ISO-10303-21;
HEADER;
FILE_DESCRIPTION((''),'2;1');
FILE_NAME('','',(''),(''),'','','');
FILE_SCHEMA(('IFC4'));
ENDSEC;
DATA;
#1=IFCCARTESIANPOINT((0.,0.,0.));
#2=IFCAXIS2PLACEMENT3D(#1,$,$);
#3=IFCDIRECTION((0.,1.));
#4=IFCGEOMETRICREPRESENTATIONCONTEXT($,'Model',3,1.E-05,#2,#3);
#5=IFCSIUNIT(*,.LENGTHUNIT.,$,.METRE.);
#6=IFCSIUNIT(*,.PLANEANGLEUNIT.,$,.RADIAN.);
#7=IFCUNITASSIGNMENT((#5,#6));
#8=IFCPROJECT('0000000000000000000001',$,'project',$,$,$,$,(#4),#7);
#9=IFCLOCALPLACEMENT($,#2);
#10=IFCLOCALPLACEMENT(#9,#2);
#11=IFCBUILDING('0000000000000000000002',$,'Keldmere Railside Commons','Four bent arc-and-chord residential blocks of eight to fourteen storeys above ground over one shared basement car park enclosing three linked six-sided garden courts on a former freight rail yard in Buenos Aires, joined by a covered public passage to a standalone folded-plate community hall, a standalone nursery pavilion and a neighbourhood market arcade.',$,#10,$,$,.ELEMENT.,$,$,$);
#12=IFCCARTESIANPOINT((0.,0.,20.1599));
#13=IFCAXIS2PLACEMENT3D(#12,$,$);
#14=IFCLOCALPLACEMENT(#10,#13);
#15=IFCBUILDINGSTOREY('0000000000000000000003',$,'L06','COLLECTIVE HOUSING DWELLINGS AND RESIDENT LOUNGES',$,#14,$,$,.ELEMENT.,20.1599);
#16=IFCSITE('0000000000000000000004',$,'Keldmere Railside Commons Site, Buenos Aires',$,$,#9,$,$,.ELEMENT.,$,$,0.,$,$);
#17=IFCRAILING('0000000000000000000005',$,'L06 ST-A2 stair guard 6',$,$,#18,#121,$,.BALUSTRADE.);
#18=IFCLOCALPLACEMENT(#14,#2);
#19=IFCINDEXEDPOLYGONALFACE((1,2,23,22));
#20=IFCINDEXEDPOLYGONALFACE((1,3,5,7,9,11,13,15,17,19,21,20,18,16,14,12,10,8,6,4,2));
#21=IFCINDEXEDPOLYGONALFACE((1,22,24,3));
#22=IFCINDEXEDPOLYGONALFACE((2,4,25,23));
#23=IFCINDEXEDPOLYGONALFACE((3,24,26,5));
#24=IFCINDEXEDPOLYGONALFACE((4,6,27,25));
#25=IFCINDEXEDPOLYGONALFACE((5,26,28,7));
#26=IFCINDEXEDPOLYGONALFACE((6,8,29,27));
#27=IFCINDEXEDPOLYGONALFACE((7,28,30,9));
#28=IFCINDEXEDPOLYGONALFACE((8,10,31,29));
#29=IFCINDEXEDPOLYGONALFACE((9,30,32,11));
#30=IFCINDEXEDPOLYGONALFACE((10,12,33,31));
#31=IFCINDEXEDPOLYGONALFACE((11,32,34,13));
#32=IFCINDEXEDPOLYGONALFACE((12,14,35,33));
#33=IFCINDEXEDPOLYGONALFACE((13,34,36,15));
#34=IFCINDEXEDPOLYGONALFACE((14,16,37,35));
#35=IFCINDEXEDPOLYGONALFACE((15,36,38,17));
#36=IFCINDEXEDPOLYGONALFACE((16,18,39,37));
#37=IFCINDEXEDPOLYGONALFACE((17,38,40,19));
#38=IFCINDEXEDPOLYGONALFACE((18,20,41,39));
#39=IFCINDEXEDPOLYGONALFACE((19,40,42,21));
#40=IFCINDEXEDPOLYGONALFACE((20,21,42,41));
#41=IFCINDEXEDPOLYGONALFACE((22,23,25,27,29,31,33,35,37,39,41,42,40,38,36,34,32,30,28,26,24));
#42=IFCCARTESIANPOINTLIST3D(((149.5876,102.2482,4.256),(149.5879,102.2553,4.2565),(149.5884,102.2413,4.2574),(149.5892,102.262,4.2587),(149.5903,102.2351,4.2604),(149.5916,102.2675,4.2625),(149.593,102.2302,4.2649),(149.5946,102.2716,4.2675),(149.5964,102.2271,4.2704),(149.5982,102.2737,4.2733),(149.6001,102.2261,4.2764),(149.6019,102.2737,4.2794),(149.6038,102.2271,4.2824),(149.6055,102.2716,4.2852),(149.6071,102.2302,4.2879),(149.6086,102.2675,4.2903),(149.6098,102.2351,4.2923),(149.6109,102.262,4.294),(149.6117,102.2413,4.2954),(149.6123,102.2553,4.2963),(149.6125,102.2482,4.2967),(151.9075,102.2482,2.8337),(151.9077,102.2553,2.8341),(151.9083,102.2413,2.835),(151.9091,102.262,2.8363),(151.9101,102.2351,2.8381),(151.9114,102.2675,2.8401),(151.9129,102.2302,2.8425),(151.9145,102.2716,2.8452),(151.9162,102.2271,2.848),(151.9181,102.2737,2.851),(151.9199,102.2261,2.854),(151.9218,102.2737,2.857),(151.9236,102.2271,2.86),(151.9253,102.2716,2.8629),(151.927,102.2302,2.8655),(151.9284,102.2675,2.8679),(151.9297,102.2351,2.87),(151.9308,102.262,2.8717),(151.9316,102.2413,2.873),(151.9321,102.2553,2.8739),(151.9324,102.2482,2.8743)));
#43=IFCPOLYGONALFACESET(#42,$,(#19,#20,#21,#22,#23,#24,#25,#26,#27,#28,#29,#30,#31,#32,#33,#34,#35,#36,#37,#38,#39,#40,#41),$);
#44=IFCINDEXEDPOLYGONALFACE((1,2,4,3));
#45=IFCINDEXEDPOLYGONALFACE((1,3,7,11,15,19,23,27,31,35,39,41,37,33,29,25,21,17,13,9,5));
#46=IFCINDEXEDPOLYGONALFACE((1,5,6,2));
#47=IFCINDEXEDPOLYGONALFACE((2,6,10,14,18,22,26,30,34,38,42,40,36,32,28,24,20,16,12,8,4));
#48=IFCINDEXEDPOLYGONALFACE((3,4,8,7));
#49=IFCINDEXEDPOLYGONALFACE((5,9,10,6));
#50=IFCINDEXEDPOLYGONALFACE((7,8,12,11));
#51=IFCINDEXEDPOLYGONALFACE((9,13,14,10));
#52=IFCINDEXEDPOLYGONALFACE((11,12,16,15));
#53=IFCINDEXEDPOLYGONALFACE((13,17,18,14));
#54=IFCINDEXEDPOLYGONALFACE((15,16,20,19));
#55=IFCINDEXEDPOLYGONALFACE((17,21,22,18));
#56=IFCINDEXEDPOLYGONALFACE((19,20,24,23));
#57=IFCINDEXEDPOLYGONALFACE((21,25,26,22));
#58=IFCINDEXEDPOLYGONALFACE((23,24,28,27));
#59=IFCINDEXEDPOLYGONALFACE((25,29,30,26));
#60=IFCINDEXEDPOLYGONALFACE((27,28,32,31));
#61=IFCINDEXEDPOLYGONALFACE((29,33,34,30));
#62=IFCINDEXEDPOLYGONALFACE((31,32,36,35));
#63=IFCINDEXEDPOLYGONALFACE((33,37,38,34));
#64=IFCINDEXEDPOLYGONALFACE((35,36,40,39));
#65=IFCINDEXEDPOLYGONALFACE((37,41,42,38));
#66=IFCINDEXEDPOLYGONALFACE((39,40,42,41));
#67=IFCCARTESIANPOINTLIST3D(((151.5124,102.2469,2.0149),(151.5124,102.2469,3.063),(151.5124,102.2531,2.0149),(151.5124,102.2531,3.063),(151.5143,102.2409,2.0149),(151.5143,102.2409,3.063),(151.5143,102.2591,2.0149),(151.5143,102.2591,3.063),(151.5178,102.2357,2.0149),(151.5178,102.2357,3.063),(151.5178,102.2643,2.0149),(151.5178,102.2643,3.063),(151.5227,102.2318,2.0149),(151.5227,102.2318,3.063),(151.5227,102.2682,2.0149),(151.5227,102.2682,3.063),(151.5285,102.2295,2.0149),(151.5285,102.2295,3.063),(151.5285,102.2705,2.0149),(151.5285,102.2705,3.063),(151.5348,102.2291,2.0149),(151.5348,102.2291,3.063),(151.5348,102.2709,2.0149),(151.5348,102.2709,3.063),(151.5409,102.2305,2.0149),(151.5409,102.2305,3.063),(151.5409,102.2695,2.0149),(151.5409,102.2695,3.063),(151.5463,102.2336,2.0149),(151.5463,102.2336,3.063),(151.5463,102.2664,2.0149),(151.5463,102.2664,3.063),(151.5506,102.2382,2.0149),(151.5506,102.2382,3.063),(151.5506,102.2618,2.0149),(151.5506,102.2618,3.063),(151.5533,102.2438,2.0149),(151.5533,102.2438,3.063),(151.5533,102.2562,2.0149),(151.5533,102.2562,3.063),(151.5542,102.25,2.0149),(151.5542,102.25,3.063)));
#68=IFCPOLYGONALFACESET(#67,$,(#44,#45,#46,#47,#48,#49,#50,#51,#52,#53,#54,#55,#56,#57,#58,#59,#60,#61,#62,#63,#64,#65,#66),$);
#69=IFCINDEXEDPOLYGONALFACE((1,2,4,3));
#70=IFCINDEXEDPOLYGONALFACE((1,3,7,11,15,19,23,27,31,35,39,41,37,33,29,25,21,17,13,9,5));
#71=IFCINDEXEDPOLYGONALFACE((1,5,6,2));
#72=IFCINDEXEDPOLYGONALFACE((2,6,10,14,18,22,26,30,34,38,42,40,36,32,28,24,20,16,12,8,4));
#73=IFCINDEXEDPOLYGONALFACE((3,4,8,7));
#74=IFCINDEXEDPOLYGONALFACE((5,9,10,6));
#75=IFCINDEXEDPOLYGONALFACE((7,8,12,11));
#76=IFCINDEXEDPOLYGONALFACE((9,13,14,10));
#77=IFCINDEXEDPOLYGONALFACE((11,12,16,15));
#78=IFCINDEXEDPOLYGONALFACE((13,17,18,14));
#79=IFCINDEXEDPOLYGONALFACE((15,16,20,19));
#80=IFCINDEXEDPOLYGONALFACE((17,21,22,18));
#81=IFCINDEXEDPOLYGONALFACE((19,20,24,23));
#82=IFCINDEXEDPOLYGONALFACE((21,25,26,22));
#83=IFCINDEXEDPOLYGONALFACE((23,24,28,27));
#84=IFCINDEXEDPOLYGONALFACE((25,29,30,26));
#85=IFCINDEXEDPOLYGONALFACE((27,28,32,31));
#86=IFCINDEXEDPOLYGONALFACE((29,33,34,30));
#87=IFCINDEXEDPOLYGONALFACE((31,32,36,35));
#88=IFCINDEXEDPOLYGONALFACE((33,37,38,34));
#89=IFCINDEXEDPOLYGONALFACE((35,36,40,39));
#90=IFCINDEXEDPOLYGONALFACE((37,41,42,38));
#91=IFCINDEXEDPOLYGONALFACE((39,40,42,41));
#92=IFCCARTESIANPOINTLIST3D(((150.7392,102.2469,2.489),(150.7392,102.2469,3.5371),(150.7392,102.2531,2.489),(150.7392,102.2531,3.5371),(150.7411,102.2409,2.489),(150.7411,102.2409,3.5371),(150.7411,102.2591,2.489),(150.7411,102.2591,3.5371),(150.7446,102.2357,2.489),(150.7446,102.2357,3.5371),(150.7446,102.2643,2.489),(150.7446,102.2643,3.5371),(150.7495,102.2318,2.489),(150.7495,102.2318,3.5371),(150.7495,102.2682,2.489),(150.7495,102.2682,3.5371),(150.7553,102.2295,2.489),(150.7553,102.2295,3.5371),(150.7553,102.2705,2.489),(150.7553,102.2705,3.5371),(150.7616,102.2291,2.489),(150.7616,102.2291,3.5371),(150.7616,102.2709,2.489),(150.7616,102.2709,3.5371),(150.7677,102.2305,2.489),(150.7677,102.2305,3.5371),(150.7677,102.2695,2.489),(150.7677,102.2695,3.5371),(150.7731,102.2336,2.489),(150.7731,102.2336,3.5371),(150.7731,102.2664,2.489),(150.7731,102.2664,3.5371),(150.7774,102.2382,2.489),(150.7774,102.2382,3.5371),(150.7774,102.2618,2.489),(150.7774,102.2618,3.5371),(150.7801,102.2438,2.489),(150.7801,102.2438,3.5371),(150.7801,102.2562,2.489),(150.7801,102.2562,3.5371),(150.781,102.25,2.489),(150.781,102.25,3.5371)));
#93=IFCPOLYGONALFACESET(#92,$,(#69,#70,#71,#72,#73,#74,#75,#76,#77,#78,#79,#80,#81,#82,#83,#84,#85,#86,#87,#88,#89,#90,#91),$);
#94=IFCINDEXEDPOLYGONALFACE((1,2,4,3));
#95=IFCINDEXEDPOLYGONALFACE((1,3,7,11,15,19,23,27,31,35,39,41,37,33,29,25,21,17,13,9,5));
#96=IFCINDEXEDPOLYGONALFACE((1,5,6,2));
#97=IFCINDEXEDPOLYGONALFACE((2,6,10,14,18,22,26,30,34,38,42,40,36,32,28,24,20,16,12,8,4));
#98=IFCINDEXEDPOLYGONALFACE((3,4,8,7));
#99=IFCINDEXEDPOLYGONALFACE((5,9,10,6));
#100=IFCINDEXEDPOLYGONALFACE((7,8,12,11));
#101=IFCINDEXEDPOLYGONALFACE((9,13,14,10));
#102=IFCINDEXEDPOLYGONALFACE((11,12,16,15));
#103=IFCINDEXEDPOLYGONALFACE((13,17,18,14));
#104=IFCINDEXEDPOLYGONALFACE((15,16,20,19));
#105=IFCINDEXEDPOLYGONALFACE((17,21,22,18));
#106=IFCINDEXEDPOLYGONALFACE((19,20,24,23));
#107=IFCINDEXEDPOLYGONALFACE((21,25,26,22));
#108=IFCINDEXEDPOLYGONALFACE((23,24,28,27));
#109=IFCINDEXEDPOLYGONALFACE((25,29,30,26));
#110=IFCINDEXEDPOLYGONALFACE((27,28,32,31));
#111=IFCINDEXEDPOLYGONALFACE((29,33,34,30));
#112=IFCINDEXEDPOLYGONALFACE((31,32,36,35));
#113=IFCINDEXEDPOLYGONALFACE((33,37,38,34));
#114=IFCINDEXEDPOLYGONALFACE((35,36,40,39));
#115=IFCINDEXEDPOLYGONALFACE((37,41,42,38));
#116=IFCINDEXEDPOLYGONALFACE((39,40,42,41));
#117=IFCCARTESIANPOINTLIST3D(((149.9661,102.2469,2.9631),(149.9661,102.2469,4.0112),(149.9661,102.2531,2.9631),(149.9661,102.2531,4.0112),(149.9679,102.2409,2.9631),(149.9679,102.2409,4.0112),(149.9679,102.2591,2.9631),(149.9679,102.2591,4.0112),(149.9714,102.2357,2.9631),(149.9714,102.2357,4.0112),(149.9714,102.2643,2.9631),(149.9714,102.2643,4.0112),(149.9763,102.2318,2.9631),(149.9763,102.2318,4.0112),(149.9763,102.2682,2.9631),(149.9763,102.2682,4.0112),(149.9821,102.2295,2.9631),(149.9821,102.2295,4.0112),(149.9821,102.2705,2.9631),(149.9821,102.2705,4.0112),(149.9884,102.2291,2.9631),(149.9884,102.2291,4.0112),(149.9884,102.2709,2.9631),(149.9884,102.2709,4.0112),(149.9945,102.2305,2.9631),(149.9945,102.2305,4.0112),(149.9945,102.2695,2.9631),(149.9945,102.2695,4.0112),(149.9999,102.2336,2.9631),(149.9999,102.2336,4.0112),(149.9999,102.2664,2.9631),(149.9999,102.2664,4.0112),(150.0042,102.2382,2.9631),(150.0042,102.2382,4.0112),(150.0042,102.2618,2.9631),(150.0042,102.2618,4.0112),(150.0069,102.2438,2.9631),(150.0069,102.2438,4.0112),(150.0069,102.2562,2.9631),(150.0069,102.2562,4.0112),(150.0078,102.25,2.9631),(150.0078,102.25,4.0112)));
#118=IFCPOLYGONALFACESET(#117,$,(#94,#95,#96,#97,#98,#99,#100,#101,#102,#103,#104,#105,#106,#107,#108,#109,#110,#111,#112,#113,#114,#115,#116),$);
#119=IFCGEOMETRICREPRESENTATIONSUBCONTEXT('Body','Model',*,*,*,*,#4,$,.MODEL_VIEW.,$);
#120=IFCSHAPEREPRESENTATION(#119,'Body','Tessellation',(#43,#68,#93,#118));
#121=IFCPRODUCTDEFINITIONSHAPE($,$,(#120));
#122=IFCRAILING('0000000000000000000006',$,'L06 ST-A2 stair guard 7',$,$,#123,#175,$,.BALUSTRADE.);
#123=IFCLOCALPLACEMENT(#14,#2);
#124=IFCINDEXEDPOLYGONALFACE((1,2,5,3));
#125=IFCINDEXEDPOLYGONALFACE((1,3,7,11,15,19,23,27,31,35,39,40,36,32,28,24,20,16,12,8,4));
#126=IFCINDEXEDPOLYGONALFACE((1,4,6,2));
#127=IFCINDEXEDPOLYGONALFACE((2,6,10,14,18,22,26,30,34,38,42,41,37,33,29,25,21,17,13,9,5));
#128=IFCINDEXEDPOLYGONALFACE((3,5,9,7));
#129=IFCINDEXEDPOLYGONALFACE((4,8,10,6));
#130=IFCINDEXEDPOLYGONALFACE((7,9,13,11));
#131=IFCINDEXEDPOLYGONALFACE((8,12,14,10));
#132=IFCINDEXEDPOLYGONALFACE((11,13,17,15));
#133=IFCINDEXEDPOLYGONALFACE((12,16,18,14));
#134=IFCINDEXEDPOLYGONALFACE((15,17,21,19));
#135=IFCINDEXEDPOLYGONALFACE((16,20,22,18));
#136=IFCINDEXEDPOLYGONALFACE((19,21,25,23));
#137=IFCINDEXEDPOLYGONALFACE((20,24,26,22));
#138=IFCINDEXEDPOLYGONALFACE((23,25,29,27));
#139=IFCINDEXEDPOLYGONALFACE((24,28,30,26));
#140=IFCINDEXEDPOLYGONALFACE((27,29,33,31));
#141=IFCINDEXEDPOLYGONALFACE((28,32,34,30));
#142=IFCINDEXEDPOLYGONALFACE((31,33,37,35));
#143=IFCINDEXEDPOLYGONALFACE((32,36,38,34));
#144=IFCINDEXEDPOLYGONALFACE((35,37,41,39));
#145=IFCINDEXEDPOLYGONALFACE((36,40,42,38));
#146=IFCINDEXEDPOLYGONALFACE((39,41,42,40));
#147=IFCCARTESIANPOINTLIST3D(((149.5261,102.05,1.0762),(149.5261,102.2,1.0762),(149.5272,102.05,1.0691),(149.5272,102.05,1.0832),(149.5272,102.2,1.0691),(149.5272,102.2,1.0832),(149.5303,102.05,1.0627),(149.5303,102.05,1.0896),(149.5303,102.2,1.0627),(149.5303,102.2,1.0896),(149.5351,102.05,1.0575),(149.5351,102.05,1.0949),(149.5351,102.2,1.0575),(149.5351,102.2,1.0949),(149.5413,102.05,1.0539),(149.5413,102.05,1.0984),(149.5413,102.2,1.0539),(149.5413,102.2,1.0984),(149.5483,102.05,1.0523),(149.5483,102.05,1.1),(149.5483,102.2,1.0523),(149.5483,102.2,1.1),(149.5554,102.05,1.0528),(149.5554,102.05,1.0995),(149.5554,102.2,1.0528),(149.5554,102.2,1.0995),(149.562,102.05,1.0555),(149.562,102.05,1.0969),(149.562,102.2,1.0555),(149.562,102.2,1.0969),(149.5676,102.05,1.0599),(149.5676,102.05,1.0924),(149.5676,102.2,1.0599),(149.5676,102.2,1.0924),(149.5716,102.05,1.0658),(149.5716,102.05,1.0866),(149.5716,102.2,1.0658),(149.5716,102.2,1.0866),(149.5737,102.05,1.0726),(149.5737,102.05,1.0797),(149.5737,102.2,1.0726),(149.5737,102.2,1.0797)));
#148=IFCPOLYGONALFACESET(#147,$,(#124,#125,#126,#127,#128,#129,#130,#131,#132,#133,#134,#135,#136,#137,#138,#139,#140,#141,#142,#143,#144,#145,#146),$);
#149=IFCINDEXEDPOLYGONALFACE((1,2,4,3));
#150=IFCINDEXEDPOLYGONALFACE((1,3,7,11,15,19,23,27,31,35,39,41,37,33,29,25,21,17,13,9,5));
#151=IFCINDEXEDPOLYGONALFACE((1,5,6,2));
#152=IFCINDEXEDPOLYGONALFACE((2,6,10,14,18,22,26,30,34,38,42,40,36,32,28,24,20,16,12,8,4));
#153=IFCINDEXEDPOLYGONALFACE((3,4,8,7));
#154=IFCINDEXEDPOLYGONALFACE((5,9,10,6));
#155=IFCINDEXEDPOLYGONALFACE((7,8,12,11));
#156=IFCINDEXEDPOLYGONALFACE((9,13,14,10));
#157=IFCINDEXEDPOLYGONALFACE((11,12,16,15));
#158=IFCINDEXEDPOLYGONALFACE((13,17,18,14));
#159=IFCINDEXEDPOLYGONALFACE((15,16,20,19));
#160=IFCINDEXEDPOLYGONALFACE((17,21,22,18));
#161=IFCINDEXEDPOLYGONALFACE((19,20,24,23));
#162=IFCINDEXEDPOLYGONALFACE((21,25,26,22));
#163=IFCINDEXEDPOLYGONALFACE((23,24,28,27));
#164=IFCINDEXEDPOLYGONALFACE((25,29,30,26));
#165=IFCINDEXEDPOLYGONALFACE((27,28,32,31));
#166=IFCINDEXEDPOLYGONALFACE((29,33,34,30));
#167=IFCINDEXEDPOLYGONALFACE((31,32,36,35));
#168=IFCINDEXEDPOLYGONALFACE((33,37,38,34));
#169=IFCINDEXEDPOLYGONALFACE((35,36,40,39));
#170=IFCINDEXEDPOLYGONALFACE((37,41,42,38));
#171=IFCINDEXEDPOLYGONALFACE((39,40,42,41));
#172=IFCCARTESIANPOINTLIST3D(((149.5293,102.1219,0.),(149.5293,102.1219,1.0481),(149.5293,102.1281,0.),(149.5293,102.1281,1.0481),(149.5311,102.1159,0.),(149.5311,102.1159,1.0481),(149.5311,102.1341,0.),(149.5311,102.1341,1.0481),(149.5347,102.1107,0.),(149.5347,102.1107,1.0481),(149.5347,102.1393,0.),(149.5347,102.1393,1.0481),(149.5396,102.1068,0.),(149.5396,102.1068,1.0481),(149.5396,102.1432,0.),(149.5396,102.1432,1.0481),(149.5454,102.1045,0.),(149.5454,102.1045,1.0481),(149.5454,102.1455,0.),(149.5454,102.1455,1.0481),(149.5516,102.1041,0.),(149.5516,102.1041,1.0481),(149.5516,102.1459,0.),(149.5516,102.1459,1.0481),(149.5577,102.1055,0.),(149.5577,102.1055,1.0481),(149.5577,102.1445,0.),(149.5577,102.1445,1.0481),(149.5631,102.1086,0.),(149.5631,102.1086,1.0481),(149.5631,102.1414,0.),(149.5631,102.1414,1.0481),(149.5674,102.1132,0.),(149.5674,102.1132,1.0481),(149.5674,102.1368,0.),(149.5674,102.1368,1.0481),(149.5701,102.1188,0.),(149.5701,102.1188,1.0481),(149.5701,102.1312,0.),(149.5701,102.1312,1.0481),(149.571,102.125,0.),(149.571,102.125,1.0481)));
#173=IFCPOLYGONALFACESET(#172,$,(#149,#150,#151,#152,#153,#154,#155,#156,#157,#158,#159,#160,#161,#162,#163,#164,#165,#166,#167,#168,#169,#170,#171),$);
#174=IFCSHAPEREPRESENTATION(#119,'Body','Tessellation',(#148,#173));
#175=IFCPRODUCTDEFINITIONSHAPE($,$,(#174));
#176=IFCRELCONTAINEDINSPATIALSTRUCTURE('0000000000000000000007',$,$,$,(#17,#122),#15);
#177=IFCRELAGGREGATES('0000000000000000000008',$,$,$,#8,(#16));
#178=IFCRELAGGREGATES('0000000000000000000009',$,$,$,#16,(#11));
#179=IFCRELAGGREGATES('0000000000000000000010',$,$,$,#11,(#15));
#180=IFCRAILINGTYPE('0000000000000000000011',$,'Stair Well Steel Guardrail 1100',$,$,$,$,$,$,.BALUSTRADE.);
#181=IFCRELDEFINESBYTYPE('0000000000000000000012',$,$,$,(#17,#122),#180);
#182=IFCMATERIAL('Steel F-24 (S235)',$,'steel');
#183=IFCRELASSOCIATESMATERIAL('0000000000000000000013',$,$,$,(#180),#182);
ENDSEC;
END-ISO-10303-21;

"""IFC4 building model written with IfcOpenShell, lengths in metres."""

from ifc_helpers import new_model, si_unit, direction, frame, origin, origin_2d, place, context, subcontext, project, spatial, circle, extrude, material, type_object, element, save


model = new_model("IFC4")

# Units and contexts
model_context = context("Model", 3, precision=1e-05, world=origin(), true_north=direction((0.0, 1.0)))
body_context = subcontext(model_context, "Body", "Model", "MODEL_VIEW")
ifc_project = project(units=[si_unit("LENGTHUNIT", "METRE"), si_unit("PLANEANGLEUNIT", "RADIAN")], contexts=[model_context])

# Site, building, storey
site_placement = place(None, origin())
site = spatial("IfcSite", under=ifc_project, at=site_placement, Name="Keldmere Railside Commons Site, Buenos Aires", CompositionType="ELEMENT", RefElevation=0.0)
building_placement = place(site_placement, origin())
building = spatial("IfcBuilding", under=site, at=building_placement, Name="Keldmere Railside Commons", Description="Four bent arc-and-chord residential blocks of eight to fourteen storeys above ground over one shared basement car park enclosing three linked six-sided garden courts on a former freight rail yard in Buenos Aires, joined by a covered public passage to a standalone folded-plate community hall, a standalone nursery pavilion and a neighbourhood market arcade.", CompositionType="ELEMENT")
storey_placement = place(building_placement, frame((0.0, 0.0, 20.1599)))
storey = spatial("IfcBuildingStorey", under=building, at=storey_placement, Name="L06", Description="COLLECTIVE HOUSING DWELLINGS AND RESIDENT LOUNGES", CompositionType="ELEMENT", Elevation=20.1599)

# Railings
ifc_material_1 = material(Name="Steel F-24 (S235)", Category="steel")
railing_type_1 = type_object("IfcRailingType", Name="Stair Well Steel Guardrail 1100", PredefinedType="BALUSTRADE", material=ifc_material_1)
railing_1_placement = place(storey_placement, frame((151.9199, 102.25, 1.7778)))
element("IfcRailing", 1, at=railing_1_placement, inside=storey, type_object=railing_type_1, Name="L06 ST-A2 stair guard 6", PredefinedType="BALUSTRADE", context=body_context, shape_type="SweptSolid", body=[
    extrude(circle(Radius=0.0239, at=origin_2d()), frame((0.0, 0.0, 1.0762), z_axis=(-0.852514, 0.0, 0.522705), x_axis=(0.0, -1.0, 0.0)), (0.0, 0.0, 1.0), 2.7212),
    extrude(circle(Radius=0.021, at=origin_2d()), frame((-0.3867, 0.0, 0.2371)), (0.0, 0.0, 1.0), 1.0481),
    extrude(circle(Radius=0.021, at=origin_2d()), frame((-1.1599, 0.0, 0.7112)), (0.0, 0.0, 1.0), 1.0481),
    extrude(circle(Radius=0.021, at=origin_2d()), frame((-1.9331, 0.0, 1.1853)), (0.0, 0.0, 1.0), 1.0481),
])
railing_2_placement = place(storey_placement, frame((149.55, 102.05, 0.0)))
element("IfcRailing", 2, at=railing_2_placement, inside=storey, type_object=railing_type_1, Name="L06 ST-A2 stair guard 7", PredefinedType="BALUSTRADE", context=body_context, shape_type="SweptSolid", body=[
    extrude(circle(Radius=0.0239, at=origin_2d()), frame((0.0, 0.0, 1.0762), z_axis=(0.0, 1.0, 0.0), x_axis=(-1.0, 0.0, 0.0)), (0.0, 0.0, 1.0), 0.1499),
    extrude(circle(Radius=0.021, at=origin_2d()), frame((0.0, 0.075, 0.0)), (0.0, 0.0, 1.0), 1.0481),
])

save(model, "model.ifc")
